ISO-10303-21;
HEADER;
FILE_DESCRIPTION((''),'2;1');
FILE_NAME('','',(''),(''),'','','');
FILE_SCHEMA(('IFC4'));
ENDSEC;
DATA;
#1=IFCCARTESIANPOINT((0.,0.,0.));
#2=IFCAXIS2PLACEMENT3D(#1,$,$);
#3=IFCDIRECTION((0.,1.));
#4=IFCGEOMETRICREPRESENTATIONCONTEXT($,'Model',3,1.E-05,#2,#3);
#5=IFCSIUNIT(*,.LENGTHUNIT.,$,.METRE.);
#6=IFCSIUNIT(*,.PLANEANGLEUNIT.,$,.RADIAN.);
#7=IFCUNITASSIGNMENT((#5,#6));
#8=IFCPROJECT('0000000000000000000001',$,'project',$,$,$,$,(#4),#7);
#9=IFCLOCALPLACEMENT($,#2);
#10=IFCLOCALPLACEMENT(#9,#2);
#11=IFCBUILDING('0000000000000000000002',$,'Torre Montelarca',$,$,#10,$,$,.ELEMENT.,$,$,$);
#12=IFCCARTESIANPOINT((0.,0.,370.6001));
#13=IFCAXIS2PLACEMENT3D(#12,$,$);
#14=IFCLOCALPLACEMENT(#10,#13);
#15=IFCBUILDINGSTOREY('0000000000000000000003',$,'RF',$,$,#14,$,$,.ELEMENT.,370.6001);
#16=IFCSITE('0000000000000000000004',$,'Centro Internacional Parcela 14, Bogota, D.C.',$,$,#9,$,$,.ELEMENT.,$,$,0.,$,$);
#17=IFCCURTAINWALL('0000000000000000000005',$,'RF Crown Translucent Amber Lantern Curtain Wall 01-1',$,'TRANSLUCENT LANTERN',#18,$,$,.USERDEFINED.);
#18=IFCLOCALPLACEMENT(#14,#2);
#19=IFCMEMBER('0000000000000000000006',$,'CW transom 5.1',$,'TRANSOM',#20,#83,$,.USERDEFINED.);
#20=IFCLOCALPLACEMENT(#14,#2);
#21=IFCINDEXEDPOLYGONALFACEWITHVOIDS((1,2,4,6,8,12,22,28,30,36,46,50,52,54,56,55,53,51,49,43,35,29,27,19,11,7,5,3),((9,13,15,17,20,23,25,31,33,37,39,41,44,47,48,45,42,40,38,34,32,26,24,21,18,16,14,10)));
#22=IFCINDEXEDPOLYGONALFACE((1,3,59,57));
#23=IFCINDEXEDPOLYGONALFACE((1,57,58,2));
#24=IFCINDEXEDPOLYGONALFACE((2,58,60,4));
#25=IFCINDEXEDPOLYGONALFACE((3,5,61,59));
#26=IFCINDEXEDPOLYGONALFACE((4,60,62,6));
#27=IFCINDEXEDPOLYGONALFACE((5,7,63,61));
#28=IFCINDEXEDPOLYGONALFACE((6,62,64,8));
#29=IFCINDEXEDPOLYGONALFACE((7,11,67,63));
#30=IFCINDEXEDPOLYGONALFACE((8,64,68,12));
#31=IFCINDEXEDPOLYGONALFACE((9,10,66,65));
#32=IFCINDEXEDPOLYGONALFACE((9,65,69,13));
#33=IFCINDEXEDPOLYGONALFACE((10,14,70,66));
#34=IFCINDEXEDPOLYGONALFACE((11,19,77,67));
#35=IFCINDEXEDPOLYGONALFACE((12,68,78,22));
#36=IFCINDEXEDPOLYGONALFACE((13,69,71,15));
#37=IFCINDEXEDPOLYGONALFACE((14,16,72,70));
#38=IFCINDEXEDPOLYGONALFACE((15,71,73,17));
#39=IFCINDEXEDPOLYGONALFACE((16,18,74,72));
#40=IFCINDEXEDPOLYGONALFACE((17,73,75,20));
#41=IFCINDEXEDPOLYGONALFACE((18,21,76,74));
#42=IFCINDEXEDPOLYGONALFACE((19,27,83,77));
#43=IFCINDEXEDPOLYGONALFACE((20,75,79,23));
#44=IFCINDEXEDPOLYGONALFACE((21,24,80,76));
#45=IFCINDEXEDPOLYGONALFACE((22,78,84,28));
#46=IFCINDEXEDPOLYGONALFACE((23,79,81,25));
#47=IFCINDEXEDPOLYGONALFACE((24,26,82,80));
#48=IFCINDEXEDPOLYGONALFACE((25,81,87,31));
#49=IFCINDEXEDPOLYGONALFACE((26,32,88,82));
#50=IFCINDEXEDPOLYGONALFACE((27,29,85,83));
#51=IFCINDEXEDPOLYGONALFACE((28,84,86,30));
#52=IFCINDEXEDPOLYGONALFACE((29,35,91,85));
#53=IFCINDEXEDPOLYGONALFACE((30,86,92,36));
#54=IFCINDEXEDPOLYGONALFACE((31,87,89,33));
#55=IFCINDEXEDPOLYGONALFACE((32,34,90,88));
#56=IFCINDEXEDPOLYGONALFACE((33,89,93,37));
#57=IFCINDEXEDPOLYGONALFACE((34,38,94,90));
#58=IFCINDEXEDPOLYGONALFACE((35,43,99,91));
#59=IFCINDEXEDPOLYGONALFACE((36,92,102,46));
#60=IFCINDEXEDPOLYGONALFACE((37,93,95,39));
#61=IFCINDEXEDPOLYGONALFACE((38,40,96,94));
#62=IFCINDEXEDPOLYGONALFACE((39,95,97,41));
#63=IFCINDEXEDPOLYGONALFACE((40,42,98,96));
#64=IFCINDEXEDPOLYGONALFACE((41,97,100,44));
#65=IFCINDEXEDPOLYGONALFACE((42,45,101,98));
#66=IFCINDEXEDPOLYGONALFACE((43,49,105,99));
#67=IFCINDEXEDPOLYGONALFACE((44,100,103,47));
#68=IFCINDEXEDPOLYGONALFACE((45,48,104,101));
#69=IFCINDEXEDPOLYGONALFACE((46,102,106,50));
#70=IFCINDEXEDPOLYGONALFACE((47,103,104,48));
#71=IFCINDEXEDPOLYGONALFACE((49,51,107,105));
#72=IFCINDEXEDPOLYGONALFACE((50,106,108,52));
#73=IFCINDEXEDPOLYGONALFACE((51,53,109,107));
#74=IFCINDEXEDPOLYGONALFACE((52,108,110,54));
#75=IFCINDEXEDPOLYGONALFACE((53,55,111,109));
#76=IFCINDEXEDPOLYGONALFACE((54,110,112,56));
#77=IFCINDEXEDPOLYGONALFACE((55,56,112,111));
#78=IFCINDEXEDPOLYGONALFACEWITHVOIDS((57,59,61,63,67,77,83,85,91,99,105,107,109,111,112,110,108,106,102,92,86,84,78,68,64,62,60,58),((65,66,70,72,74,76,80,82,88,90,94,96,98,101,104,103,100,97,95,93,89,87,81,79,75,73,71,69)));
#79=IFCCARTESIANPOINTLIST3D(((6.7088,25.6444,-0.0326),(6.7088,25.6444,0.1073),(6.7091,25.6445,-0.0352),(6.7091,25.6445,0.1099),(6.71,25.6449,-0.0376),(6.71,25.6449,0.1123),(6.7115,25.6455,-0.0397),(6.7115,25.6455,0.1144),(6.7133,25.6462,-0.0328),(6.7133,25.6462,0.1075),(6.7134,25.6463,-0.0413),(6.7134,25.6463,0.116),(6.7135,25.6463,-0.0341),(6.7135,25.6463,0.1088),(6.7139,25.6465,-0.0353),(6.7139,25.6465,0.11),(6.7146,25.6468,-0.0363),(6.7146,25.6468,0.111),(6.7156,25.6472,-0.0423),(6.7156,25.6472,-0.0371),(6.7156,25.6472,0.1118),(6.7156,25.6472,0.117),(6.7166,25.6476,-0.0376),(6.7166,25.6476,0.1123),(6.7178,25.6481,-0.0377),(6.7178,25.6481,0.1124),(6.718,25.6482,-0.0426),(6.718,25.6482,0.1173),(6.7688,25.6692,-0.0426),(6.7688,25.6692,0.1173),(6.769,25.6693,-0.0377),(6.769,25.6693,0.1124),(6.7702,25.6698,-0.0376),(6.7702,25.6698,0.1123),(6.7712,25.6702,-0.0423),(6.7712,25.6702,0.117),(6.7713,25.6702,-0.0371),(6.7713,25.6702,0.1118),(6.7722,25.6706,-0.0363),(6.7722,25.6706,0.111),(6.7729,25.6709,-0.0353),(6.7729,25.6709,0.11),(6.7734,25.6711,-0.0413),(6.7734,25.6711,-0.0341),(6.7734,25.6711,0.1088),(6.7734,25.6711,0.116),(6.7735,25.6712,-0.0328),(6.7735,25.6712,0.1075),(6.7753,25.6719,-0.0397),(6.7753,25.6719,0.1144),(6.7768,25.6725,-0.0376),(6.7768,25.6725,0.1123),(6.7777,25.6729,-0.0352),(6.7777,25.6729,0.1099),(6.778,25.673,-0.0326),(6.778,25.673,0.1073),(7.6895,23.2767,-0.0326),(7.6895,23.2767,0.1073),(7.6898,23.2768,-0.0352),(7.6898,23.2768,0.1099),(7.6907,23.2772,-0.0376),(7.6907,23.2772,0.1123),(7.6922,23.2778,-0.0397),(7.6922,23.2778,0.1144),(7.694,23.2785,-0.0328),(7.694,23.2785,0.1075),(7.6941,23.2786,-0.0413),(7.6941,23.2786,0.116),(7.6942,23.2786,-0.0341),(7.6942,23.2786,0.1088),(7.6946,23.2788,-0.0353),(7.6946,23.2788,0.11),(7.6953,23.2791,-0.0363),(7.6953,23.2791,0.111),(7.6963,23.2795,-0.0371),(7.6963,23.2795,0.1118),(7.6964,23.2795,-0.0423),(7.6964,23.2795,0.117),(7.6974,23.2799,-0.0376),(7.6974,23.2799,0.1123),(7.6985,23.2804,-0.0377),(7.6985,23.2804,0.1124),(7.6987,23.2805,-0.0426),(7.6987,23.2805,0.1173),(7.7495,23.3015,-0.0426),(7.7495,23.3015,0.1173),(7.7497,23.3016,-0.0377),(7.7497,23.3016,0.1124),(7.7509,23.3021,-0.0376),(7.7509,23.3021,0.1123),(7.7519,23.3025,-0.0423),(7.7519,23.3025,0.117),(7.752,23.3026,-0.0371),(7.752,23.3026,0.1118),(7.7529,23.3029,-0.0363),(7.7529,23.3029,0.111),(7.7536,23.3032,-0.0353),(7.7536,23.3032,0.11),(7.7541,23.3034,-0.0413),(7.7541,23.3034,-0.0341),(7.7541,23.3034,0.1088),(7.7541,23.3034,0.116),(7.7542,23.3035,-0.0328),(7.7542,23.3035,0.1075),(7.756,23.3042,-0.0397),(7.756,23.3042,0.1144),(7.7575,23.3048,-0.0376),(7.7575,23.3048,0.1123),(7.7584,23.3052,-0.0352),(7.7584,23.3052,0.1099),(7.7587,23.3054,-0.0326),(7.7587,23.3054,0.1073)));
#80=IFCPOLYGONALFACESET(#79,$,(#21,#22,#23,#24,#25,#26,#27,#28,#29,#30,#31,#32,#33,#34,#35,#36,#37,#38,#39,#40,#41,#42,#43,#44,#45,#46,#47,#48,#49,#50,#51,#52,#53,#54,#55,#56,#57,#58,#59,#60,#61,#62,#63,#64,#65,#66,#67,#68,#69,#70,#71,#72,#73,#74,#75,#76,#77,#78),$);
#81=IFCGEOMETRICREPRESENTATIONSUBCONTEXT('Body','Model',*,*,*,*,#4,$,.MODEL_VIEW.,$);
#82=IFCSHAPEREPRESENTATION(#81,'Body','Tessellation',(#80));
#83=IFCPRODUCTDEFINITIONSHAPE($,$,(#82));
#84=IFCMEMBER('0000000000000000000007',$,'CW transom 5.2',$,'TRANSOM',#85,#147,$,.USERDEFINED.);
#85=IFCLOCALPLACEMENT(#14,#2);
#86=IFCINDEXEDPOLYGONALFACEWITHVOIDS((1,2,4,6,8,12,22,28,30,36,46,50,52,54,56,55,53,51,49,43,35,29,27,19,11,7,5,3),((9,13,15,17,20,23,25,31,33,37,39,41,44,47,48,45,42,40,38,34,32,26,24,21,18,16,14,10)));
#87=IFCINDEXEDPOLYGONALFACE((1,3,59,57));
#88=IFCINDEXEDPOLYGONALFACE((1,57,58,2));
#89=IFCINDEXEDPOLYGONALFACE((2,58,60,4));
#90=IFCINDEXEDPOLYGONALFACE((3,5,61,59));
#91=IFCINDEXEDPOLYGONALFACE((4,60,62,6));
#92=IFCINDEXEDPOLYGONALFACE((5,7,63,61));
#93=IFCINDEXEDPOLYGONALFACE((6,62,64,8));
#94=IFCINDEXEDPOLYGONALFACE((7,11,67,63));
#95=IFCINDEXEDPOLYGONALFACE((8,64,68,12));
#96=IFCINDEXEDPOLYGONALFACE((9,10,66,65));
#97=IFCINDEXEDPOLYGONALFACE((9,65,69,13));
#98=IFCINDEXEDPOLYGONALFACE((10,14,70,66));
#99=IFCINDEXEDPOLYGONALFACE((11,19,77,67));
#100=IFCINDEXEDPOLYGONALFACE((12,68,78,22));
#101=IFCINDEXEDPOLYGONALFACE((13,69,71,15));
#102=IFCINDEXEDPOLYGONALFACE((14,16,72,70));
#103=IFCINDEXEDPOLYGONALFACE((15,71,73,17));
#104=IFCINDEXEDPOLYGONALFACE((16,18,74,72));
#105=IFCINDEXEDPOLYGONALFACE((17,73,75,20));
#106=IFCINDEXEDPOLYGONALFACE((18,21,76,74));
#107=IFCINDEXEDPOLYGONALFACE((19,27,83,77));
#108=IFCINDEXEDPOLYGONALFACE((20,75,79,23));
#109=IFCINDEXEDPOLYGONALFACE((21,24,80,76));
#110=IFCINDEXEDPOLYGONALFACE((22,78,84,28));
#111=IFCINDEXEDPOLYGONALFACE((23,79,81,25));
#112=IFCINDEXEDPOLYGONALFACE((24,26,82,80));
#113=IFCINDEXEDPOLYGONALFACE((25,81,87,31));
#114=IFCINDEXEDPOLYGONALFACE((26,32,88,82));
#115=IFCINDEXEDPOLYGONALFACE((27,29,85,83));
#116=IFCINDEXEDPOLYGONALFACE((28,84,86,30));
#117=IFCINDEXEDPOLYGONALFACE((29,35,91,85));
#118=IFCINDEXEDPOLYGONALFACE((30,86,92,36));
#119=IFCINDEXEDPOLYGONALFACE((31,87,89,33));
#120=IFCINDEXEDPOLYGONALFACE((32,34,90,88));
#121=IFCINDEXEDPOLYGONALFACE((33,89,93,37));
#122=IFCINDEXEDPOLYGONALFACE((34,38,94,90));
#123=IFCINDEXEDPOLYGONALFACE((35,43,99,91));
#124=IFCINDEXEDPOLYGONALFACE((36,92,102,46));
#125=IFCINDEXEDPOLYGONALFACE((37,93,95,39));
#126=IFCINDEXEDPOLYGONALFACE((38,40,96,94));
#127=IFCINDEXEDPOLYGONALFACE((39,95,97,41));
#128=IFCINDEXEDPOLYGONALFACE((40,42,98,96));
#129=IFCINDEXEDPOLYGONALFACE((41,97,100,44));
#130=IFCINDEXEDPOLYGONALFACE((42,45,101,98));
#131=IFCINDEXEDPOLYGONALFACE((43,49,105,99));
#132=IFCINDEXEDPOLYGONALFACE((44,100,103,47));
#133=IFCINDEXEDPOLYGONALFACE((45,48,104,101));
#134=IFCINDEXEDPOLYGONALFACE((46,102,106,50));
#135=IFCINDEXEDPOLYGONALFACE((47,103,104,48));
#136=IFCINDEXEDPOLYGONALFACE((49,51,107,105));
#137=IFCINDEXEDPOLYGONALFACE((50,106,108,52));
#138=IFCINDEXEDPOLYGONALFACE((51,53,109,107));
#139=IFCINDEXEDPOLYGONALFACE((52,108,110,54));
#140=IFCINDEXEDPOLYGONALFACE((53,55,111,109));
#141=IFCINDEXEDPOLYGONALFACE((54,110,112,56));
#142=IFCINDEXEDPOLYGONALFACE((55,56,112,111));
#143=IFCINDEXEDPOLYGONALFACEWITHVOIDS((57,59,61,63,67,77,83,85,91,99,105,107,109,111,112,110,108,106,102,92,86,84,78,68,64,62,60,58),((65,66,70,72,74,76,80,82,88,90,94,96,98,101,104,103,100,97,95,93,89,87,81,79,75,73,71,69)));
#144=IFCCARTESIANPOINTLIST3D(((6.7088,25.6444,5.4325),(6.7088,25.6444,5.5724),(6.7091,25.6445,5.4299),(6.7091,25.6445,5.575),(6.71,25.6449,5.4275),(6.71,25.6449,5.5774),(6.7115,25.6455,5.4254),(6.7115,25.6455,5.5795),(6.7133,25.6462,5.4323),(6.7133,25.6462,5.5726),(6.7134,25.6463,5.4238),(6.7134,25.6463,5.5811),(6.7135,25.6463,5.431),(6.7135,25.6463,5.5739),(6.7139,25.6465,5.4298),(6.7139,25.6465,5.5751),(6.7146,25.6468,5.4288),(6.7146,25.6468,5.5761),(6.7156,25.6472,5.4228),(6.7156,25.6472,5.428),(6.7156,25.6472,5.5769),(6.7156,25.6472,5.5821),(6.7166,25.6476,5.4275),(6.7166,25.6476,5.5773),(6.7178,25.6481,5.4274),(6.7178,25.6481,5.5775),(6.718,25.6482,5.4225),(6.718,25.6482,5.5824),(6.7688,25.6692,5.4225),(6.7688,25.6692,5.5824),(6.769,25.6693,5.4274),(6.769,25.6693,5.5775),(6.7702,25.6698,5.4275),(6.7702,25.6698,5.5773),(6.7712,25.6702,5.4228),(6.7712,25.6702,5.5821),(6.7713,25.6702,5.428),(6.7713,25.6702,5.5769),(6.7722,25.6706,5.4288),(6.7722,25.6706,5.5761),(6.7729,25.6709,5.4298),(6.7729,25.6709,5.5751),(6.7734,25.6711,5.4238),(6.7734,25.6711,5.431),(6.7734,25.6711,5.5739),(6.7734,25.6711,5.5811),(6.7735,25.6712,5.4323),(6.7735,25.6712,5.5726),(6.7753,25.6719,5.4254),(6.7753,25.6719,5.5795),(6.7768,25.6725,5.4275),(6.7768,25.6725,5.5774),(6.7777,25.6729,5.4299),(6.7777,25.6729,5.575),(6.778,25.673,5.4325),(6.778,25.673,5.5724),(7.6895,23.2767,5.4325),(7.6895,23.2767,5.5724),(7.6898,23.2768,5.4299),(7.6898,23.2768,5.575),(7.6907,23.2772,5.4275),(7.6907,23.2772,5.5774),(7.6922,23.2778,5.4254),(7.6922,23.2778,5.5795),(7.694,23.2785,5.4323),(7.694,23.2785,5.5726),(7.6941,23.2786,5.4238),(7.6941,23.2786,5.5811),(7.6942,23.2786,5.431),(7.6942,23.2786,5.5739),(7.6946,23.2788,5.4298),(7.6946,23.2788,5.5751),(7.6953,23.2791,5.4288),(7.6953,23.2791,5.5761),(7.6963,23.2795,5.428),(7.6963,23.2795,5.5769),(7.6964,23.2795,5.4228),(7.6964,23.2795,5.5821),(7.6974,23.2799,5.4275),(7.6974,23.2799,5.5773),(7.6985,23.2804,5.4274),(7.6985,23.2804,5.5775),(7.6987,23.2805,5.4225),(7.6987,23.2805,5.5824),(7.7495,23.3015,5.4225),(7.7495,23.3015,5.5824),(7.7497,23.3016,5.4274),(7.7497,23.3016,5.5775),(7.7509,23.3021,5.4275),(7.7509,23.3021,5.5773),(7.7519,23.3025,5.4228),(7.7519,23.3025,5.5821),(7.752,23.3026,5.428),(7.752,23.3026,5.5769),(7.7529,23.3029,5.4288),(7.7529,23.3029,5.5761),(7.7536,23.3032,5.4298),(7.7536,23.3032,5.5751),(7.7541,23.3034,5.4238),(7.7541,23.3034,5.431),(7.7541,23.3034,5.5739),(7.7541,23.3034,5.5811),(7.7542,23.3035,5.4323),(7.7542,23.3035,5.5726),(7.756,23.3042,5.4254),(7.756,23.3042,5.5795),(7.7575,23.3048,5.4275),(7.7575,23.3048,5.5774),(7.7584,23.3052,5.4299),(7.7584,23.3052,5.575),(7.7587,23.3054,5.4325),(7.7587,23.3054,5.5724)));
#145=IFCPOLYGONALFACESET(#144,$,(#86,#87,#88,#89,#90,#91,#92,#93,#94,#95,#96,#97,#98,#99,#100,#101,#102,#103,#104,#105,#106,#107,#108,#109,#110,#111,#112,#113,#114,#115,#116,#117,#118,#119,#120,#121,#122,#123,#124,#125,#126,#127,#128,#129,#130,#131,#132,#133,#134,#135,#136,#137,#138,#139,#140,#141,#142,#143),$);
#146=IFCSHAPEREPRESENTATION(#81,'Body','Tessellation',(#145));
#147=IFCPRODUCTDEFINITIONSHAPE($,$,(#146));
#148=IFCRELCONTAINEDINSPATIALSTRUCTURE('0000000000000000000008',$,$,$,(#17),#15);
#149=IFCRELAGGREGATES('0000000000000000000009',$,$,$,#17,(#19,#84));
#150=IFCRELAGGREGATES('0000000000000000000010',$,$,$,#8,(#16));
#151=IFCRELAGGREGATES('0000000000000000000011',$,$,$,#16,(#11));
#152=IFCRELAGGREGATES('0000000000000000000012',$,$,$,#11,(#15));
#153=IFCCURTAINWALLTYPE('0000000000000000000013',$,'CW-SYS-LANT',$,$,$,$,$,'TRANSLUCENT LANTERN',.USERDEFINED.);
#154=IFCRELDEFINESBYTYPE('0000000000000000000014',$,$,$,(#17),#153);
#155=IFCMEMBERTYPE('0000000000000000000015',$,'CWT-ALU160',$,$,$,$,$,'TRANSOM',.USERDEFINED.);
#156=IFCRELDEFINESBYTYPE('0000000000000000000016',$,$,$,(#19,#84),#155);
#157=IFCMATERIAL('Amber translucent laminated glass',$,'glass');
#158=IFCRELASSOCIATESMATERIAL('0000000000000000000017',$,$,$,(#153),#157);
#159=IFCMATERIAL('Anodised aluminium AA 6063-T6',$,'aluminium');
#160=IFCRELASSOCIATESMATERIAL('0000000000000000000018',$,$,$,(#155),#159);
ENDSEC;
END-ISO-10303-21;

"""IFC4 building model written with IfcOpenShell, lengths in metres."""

from ifc_helpers import new_model, si_unit, direction, frame, origin, origin_2d, place, context, subcontext, project, spatial, hollow_rectangle, extrude, source, transform, mapped, material, material_profile, profile_set, type_object, element, aggregate, save


model = new_model("IFC4")

# Units and contexts
model_context = context("Model", 3, precision=1e-05, world=origin(), true_north=direction((0.0, 1.0)))
body_context = subcontext(model_context, "Body", "Model", "MODEL_VIEW")
ifc_project = project(units=[si_unit("LENGTHUNIT", "METRE"), si_unit("PLANEANGLEUNIT", "RADIAN")], contexts=[model_context])

# Site, building, storey
site_placement = place(None, origin())
site = spatial("IfcSite", under=ifc_project, at=site_placement, Name="Centro Internacional Parcela 14, Bogota, D.C.", CompositionType="ELEMENT", RefElevation=0.0)
building_placement = place(site_placement, origin())
building = spatial("IfcBuilding", under=site, at=building_placement, Name="Torre Montelarca", CompositionType="ELEMENT")
storey_placement = place(building_placement, frame((0.0, 0.0, 370.6001)))
storey = spatial("IfcBuildingStorey", under=building, at=storey_placement, Name="RF", CompositionType="ELEMENT", Elevation=370.6001)

# Curtain wall, members
ifc_material_1 = material(Name="Amber translucent laminated glass", Category="glass")
curtain_wall_type = type_object("IfcCurtainWallType", Name="CW-SYS-LANT", ElementType="TRANSLUCENT LANTERN", PredefinedType="USERDEFINED", material=ifc_material_1)
curtain_wall_placement = place(storey_placement, origin())
curtain_wall = element("IfcCurtainWall", 1, at=curtain_wall_placement, inside=storey, type_object=curtain_wall_type, Name="RF Crown Translucent Amber Lantern Curtain Wall 01-1", ObjectType="TRANSLUCENT LANTERN", PredefinedType="USERDEFINED")
ifc_material_2 = material(Name="Anodised aluminium AA 6063-T6", Category="aluminium")
ifc_material_profile_1 = material_profile(ifc_material_2, hollow_rectangle(XDim=0.075, YDim=0.1599, WallThickness=0.0049, InnerFilletRadius=0.0049, OuterFilletRadius=0.01, at=origin_2d()), Name="ALU75X160X5", Category="aluminium")
ifc_profile_set_1 = profile_set([ifc_material_profile_1], Name="Anodised aluminium AA 6063-T6")
member_type_1 = type_object("IfcMemberType", Name="CWT-ALU160", ElementType="TRANSOM", PredefinedType="USERDEFINED", material=ifc_profile_set_1)
shared_shape_1 = source(origin(), body_context, "Body", "SweptSolid", [
    extrude(hollow_rectangle(XDim=0.075, YDim=0.1599, WallThickness=0.0049, InnerFilletRadius=0.0049, OuterFilletRadius=0.01, at=origin_2d()), origin(), (0.0, 0.0, 1.0), 2.5627),
])
member_1_placement = place(storey_placement, frame((6.7434, 25.6587, 0.0374), z_axis=(0.38268, -0.923881, 0.0), x_axis=(0.923881, 0.38268, 0.0)))
member_1 = element("IfcMember", 2, at=member_1_placement, type_object=member_type_1, Name="CW transom 5.1", ObjectType="TRANSOM", PredefinedType="USERDEFINED", context=body_context, shape_type="MappedRepresentation", body=[
    mapped(shared_shape_1, transform((0.0, 0.0, 0.0), scale=1.0)),
])
member_2_placement = place(storey_placement, frame((6.7434, 25.6587, 5.5024), z_axis=(0.38268, -0.923881, 0.0), x_axis=(0.923881, 0.38268, 0.0)))
member_2 = element("IfcMember", 3, at=member_2_placement, type_object=member_type_1, Name="CW transom 5.2", ObjectType="TRANSOM", PredefinedType="USERDEFINED", context=body_context, shape_type="MappedRepresentation", body=[
    mapped(shared_shape_1, transform((0.0, 0.0, 0.0), scale=1.0)),
])

aggregate(curtain_wall, [member_1, member_2])

save(model, "model.ifc")
